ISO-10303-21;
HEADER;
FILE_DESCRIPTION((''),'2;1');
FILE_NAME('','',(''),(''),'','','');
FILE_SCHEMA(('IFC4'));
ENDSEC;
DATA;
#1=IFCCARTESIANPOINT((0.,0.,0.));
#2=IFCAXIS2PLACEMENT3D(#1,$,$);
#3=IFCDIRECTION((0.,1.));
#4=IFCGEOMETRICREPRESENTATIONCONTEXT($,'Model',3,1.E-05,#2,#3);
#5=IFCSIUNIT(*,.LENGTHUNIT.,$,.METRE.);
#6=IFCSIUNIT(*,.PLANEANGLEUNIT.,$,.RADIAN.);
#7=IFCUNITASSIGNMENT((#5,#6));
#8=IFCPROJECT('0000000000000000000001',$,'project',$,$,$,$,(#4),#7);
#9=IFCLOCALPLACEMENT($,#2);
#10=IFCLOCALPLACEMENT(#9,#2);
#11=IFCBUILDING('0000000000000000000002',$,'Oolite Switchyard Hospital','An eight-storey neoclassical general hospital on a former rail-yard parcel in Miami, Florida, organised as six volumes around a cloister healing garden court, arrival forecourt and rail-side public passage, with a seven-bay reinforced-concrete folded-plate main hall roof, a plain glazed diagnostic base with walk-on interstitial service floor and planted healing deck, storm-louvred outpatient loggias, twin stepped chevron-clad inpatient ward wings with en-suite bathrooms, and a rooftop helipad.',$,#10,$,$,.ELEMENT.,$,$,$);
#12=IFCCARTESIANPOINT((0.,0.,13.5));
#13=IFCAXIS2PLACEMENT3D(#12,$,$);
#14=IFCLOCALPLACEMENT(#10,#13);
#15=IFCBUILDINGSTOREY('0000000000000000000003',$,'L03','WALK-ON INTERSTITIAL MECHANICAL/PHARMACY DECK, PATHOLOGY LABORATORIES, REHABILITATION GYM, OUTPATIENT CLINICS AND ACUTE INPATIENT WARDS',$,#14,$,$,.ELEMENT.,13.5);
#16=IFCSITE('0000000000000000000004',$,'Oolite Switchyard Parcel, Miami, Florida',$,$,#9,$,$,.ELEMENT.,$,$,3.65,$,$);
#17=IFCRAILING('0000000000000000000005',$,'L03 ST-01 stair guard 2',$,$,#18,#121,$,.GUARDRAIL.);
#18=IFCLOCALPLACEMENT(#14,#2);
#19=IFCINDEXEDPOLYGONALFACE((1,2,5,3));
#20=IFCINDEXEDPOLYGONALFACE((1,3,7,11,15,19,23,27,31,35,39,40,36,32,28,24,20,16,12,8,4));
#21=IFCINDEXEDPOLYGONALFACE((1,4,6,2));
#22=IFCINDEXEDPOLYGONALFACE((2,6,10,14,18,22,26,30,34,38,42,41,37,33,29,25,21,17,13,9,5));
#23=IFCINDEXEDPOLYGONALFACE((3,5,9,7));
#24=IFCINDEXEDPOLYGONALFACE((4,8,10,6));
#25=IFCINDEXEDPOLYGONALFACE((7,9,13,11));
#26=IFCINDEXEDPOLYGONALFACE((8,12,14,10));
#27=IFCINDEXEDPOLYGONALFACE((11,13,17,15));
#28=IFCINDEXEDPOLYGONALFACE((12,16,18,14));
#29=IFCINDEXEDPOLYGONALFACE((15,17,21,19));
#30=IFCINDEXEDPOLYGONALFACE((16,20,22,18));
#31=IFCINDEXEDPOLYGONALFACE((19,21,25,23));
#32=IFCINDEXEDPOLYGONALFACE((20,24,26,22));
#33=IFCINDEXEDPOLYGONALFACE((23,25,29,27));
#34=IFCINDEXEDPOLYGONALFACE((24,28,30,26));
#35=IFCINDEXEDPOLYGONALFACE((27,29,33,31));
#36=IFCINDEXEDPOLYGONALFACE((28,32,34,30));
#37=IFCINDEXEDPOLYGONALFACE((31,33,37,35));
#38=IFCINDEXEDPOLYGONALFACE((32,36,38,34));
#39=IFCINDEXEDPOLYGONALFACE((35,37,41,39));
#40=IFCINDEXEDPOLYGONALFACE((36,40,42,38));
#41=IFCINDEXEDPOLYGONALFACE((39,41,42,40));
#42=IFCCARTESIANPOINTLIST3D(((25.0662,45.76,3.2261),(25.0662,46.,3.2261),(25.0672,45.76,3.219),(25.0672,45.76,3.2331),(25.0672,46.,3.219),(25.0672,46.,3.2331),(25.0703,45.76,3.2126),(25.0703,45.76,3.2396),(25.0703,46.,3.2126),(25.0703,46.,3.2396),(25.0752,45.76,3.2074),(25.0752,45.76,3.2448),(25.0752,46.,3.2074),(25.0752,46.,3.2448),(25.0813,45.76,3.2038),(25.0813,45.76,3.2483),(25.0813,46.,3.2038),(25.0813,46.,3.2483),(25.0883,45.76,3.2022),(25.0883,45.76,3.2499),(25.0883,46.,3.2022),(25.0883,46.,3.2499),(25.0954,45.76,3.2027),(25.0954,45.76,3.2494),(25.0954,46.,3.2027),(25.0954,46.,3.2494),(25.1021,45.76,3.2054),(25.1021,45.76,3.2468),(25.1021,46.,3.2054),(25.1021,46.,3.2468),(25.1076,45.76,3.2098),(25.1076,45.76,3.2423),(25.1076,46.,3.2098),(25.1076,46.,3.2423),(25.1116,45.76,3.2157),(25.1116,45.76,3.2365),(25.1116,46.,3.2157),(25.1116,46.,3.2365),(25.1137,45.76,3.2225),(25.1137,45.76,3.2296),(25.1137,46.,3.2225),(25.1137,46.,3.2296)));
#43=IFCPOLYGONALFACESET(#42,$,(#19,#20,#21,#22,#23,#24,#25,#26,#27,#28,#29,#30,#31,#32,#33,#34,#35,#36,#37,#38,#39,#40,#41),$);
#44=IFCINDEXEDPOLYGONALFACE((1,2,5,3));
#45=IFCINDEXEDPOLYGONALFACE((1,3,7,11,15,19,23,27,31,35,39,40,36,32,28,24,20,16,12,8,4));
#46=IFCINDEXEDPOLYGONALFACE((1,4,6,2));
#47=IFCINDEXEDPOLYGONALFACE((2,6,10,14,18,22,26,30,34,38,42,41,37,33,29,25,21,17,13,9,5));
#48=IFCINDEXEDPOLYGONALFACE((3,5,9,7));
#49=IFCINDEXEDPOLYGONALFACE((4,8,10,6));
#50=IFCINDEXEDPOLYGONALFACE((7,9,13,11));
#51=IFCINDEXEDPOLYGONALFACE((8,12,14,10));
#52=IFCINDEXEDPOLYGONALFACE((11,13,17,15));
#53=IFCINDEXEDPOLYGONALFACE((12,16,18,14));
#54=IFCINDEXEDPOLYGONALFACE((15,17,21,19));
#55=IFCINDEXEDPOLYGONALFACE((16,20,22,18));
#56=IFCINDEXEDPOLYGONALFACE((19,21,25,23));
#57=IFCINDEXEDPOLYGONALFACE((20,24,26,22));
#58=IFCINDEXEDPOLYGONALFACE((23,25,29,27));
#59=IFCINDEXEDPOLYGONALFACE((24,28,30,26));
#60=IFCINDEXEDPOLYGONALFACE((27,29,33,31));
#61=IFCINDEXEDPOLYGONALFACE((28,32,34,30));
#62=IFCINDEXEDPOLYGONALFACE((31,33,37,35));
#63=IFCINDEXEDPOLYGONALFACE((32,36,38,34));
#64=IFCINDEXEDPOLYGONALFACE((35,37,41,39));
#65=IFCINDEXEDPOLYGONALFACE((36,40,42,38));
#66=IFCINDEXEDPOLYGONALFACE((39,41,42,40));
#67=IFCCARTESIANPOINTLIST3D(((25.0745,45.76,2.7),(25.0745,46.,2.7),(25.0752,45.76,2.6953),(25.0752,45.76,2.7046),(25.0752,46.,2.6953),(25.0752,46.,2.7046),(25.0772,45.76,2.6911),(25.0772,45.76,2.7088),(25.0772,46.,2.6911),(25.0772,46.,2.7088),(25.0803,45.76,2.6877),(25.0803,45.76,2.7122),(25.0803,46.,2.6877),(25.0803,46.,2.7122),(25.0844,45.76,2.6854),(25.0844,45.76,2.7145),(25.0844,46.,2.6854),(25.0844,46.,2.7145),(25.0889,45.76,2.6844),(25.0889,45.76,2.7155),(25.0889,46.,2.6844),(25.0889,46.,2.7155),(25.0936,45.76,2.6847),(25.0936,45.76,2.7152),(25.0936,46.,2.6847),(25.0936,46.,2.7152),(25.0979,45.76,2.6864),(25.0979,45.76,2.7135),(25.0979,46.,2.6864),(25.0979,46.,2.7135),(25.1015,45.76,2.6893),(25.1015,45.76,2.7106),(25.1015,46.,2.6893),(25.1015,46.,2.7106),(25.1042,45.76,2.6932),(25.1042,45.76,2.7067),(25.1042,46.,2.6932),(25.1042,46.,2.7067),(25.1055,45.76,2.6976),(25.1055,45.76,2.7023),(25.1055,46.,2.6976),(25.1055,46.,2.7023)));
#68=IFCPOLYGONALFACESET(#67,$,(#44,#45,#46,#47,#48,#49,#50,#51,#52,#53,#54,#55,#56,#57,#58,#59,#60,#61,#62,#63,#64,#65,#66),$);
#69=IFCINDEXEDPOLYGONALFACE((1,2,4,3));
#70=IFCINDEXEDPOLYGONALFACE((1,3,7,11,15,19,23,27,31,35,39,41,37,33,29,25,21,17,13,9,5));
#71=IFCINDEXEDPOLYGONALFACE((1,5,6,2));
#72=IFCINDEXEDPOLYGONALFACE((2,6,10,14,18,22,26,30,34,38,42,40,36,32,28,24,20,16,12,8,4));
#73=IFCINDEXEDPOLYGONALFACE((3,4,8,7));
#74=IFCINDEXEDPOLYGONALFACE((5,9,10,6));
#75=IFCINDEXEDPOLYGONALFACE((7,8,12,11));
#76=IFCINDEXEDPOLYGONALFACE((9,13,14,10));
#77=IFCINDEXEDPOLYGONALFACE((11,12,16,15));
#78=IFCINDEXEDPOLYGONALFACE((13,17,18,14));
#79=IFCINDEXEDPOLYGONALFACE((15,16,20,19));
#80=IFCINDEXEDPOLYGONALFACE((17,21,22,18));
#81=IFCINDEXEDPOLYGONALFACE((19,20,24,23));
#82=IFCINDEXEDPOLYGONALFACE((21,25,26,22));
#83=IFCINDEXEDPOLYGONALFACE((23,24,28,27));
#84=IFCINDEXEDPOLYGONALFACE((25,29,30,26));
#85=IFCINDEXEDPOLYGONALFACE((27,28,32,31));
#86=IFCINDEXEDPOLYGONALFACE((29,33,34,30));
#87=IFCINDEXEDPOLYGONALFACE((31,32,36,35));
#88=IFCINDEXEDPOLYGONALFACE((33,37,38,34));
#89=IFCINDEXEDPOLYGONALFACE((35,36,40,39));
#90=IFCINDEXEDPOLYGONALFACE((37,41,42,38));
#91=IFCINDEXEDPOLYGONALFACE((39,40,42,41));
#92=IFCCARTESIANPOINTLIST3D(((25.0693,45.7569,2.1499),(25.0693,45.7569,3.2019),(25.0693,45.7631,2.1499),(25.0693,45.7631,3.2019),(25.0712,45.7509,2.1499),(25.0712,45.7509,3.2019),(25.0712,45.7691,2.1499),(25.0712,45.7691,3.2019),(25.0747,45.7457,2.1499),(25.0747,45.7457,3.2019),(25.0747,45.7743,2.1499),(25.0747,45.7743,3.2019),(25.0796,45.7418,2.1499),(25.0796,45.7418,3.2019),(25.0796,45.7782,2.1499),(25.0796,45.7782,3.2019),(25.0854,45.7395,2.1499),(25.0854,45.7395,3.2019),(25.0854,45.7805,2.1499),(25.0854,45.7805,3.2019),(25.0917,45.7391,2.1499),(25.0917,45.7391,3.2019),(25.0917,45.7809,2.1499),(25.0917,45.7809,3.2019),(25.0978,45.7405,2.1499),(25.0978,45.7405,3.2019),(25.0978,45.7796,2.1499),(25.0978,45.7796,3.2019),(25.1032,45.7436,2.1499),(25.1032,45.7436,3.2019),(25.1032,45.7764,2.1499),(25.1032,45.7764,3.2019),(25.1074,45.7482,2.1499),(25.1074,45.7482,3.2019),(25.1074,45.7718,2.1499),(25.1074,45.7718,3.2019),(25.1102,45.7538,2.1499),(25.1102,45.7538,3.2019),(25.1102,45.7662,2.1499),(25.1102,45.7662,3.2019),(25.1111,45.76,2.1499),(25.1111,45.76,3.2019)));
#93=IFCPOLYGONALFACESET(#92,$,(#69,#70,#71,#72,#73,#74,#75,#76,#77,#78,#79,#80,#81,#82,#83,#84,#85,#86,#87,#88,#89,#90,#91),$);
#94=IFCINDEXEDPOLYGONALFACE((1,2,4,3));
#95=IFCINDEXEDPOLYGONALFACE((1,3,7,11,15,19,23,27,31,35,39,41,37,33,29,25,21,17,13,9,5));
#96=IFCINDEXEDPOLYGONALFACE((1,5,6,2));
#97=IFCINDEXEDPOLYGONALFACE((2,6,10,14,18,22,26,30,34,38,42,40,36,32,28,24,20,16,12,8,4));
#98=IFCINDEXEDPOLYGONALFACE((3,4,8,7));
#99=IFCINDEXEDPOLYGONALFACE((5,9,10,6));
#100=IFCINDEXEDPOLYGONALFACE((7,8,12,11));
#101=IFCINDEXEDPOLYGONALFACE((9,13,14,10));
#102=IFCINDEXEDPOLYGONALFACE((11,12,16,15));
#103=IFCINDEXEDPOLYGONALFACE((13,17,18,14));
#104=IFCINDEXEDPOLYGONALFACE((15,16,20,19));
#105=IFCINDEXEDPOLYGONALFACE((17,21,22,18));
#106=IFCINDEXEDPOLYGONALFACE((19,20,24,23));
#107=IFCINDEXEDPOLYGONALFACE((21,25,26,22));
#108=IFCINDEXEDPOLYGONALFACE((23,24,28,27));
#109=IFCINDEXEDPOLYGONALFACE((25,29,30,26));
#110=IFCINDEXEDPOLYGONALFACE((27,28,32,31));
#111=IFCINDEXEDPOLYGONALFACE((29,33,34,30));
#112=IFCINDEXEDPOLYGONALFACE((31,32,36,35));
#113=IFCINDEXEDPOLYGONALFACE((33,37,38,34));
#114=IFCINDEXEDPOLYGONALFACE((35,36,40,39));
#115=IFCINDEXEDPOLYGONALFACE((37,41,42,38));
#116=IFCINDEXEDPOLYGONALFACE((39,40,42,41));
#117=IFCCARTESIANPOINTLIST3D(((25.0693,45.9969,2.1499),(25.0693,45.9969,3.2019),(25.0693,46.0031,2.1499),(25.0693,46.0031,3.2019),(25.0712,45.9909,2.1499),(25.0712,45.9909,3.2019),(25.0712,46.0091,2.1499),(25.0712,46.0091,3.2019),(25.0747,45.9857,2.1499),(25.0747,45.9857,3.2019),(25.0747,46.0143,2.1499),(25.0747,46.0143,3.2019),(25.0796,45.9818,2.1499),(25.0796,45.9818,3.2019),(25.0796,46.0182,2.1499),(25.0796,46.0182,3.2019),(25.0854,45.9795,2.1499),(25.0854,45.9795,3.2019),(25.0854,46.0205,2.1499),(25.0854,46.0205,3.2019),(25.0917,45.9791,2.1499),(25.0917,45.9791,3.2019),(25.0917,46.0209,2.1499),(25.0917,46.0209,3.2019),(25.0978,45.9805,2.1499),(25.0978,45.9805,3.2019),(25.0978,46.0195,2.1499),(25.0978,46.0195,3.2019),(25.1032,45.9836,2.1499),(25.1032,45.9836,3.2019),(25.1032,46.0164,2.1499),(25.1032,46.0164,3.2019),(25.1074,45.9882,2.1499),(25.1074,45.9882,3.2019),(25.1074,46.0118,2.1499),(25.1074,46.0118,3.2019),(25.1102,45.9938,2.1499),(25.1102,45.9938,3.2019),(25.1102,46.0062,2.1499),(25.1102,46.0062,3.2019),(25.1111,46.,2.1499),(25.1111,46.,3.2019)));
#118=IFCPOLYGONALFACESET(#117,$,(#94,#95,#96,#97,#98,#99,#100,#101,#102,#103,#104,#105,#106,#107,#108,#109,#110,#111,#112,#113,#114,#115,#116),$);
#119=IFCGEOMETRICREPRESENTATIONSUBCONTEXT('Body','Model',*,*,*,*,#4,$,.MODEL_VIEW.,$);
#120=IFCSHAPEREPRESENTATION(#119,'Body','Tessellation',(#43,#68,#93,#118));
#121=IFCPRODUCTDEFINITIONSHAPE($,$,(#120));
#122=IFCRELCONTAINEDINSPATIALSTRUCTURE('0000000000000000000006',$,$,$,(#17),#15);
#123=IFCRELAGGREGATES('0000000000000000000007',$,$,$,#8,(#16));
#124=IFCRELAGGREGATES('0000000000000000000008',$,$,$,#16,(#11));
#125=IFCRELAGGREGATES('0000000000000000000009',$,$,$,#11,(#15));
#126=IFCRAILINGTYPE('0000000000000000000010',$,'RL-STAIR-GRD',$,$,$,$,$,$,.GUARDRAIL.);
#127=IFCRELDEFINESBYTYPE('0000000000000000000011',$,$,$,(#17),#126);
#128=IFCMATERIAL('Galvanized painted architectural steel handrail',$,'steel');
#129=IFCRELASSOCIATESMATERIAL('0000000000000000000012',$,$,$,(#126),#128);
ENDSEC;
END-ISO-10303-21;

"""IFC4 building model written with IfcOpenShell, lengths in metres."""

from ifc_helpers import new_model, si_unit, direction, frame, origin, origin_2d, place, context, subcontext, project, spatial, circle, extrude, material, type_object, element, save


model = new_model("IFC4")

# Units and contexts
model_context = context("Model", 3, precision=1e-05, world=origin(), true_north=direction((0.0, 1.0)))
body_context = subcontext(model_context, "Body", "Model", "MODEL_VIEW")
ifc_project = project(units=[si_unit("LENGTHUNIT", "METRE"), si_unit("PLANEANGLEUNIT", "RADIAN")], contexts=[model_context])

# Site, building, storey
site_placement = place(None, origin())
site = spatial("IfcSite", under=ifc_project, at=site_placement, Name="Oolite Switchyard Parcel, Miami, Florida", CompositionType="ELEMENT", RefElevation=3.65)
building_placement = place(site_placement, origin())
building = spatial("IfcBuilding", under=site, at=building_placement, Name="Oolite Switchyard Hospital", Description="An eight-storey neoclassical general hospital on a former rail-yard parcel in Miami, Florida, organised as six volumes around a cloister healing garden court, arrival forecourt and rail-side public passage, with a seven-bay reinforced-concrete folded-plate main hall roof, a plain glazed diagnostic base with walk-on interstitial service floor and planted healing deck, storm-louvred outpatient loggias, twin stepped chevron-clad inpatient ward wings with en-suite bathrooms, and a rooftop helipad.", CompositionType="ELEMENT")
storey_placement = place(building_placement, frame((0.0, 0.0, 13.5)))
storey = spatial("IfcBuildingStorey", under=building, at=storey_placement, Name="L03", Description="WALK-ON INTERSTITIAL MECHANICAL/PHARMACY DECK, PATHOLOGY LABORATORIES, REHABILITATION GYM, OUTPATIENT CLINICS AND ACUTE INPATIENT WARDS", CompositionType="ELEMENT", Elevation=13.5)

# Railing
ifc_material_1 = material(Name="Galvanized painted architectural steel handrail", Category="steel")
railing_type_1 = type_object("IfcRailingType", Name="RL-STAIR-GRD", PredefinedType="GUARDRAIL", material=ifc_material_1)
railing_1_placement = place(storey_placement, frame((25.0901, 45.76, 2.1499)))
element("IfcRailing", 1, at=railing_1_placement, inside=storey, type_object=railing_type_1, Name="L03 ST-01 stair guard 2", PredefinedType="GUARDRAIL", context=body_context, shape_type="SweptSolid", body=[
    extrude(circle(Radius=0.0239, at=origin_2d()), frame((0.0, 0.0, 1.0762), z_axis=(0.0, 1.0, 0.0), x_axis=(-1.0, 0.0, 0.0)), (0.0, 0.0, 1.0), 0.24),
    extrude(circle(Radius=0.0156, at=origin_2d()), frame((0.0, 0.0, 0.55), z_axis=(0.0, 1.0, 0.0), x_axis=(-1.0, 0.0, 0.0)), (0.0, 0.0, 1.0), 0.24),
    extrude(circle(Radius=0.021, at=origin_2d()), origin(), (0.0, 0.0, 1.0), 1.052),
    extrude(circle(Radius=0.021, at=origin_2d()), frame((0.0, 0.24, 0.0)), (0.0, 0.0, 1.0), 1.052),
])

save(model, "model.ifc")
